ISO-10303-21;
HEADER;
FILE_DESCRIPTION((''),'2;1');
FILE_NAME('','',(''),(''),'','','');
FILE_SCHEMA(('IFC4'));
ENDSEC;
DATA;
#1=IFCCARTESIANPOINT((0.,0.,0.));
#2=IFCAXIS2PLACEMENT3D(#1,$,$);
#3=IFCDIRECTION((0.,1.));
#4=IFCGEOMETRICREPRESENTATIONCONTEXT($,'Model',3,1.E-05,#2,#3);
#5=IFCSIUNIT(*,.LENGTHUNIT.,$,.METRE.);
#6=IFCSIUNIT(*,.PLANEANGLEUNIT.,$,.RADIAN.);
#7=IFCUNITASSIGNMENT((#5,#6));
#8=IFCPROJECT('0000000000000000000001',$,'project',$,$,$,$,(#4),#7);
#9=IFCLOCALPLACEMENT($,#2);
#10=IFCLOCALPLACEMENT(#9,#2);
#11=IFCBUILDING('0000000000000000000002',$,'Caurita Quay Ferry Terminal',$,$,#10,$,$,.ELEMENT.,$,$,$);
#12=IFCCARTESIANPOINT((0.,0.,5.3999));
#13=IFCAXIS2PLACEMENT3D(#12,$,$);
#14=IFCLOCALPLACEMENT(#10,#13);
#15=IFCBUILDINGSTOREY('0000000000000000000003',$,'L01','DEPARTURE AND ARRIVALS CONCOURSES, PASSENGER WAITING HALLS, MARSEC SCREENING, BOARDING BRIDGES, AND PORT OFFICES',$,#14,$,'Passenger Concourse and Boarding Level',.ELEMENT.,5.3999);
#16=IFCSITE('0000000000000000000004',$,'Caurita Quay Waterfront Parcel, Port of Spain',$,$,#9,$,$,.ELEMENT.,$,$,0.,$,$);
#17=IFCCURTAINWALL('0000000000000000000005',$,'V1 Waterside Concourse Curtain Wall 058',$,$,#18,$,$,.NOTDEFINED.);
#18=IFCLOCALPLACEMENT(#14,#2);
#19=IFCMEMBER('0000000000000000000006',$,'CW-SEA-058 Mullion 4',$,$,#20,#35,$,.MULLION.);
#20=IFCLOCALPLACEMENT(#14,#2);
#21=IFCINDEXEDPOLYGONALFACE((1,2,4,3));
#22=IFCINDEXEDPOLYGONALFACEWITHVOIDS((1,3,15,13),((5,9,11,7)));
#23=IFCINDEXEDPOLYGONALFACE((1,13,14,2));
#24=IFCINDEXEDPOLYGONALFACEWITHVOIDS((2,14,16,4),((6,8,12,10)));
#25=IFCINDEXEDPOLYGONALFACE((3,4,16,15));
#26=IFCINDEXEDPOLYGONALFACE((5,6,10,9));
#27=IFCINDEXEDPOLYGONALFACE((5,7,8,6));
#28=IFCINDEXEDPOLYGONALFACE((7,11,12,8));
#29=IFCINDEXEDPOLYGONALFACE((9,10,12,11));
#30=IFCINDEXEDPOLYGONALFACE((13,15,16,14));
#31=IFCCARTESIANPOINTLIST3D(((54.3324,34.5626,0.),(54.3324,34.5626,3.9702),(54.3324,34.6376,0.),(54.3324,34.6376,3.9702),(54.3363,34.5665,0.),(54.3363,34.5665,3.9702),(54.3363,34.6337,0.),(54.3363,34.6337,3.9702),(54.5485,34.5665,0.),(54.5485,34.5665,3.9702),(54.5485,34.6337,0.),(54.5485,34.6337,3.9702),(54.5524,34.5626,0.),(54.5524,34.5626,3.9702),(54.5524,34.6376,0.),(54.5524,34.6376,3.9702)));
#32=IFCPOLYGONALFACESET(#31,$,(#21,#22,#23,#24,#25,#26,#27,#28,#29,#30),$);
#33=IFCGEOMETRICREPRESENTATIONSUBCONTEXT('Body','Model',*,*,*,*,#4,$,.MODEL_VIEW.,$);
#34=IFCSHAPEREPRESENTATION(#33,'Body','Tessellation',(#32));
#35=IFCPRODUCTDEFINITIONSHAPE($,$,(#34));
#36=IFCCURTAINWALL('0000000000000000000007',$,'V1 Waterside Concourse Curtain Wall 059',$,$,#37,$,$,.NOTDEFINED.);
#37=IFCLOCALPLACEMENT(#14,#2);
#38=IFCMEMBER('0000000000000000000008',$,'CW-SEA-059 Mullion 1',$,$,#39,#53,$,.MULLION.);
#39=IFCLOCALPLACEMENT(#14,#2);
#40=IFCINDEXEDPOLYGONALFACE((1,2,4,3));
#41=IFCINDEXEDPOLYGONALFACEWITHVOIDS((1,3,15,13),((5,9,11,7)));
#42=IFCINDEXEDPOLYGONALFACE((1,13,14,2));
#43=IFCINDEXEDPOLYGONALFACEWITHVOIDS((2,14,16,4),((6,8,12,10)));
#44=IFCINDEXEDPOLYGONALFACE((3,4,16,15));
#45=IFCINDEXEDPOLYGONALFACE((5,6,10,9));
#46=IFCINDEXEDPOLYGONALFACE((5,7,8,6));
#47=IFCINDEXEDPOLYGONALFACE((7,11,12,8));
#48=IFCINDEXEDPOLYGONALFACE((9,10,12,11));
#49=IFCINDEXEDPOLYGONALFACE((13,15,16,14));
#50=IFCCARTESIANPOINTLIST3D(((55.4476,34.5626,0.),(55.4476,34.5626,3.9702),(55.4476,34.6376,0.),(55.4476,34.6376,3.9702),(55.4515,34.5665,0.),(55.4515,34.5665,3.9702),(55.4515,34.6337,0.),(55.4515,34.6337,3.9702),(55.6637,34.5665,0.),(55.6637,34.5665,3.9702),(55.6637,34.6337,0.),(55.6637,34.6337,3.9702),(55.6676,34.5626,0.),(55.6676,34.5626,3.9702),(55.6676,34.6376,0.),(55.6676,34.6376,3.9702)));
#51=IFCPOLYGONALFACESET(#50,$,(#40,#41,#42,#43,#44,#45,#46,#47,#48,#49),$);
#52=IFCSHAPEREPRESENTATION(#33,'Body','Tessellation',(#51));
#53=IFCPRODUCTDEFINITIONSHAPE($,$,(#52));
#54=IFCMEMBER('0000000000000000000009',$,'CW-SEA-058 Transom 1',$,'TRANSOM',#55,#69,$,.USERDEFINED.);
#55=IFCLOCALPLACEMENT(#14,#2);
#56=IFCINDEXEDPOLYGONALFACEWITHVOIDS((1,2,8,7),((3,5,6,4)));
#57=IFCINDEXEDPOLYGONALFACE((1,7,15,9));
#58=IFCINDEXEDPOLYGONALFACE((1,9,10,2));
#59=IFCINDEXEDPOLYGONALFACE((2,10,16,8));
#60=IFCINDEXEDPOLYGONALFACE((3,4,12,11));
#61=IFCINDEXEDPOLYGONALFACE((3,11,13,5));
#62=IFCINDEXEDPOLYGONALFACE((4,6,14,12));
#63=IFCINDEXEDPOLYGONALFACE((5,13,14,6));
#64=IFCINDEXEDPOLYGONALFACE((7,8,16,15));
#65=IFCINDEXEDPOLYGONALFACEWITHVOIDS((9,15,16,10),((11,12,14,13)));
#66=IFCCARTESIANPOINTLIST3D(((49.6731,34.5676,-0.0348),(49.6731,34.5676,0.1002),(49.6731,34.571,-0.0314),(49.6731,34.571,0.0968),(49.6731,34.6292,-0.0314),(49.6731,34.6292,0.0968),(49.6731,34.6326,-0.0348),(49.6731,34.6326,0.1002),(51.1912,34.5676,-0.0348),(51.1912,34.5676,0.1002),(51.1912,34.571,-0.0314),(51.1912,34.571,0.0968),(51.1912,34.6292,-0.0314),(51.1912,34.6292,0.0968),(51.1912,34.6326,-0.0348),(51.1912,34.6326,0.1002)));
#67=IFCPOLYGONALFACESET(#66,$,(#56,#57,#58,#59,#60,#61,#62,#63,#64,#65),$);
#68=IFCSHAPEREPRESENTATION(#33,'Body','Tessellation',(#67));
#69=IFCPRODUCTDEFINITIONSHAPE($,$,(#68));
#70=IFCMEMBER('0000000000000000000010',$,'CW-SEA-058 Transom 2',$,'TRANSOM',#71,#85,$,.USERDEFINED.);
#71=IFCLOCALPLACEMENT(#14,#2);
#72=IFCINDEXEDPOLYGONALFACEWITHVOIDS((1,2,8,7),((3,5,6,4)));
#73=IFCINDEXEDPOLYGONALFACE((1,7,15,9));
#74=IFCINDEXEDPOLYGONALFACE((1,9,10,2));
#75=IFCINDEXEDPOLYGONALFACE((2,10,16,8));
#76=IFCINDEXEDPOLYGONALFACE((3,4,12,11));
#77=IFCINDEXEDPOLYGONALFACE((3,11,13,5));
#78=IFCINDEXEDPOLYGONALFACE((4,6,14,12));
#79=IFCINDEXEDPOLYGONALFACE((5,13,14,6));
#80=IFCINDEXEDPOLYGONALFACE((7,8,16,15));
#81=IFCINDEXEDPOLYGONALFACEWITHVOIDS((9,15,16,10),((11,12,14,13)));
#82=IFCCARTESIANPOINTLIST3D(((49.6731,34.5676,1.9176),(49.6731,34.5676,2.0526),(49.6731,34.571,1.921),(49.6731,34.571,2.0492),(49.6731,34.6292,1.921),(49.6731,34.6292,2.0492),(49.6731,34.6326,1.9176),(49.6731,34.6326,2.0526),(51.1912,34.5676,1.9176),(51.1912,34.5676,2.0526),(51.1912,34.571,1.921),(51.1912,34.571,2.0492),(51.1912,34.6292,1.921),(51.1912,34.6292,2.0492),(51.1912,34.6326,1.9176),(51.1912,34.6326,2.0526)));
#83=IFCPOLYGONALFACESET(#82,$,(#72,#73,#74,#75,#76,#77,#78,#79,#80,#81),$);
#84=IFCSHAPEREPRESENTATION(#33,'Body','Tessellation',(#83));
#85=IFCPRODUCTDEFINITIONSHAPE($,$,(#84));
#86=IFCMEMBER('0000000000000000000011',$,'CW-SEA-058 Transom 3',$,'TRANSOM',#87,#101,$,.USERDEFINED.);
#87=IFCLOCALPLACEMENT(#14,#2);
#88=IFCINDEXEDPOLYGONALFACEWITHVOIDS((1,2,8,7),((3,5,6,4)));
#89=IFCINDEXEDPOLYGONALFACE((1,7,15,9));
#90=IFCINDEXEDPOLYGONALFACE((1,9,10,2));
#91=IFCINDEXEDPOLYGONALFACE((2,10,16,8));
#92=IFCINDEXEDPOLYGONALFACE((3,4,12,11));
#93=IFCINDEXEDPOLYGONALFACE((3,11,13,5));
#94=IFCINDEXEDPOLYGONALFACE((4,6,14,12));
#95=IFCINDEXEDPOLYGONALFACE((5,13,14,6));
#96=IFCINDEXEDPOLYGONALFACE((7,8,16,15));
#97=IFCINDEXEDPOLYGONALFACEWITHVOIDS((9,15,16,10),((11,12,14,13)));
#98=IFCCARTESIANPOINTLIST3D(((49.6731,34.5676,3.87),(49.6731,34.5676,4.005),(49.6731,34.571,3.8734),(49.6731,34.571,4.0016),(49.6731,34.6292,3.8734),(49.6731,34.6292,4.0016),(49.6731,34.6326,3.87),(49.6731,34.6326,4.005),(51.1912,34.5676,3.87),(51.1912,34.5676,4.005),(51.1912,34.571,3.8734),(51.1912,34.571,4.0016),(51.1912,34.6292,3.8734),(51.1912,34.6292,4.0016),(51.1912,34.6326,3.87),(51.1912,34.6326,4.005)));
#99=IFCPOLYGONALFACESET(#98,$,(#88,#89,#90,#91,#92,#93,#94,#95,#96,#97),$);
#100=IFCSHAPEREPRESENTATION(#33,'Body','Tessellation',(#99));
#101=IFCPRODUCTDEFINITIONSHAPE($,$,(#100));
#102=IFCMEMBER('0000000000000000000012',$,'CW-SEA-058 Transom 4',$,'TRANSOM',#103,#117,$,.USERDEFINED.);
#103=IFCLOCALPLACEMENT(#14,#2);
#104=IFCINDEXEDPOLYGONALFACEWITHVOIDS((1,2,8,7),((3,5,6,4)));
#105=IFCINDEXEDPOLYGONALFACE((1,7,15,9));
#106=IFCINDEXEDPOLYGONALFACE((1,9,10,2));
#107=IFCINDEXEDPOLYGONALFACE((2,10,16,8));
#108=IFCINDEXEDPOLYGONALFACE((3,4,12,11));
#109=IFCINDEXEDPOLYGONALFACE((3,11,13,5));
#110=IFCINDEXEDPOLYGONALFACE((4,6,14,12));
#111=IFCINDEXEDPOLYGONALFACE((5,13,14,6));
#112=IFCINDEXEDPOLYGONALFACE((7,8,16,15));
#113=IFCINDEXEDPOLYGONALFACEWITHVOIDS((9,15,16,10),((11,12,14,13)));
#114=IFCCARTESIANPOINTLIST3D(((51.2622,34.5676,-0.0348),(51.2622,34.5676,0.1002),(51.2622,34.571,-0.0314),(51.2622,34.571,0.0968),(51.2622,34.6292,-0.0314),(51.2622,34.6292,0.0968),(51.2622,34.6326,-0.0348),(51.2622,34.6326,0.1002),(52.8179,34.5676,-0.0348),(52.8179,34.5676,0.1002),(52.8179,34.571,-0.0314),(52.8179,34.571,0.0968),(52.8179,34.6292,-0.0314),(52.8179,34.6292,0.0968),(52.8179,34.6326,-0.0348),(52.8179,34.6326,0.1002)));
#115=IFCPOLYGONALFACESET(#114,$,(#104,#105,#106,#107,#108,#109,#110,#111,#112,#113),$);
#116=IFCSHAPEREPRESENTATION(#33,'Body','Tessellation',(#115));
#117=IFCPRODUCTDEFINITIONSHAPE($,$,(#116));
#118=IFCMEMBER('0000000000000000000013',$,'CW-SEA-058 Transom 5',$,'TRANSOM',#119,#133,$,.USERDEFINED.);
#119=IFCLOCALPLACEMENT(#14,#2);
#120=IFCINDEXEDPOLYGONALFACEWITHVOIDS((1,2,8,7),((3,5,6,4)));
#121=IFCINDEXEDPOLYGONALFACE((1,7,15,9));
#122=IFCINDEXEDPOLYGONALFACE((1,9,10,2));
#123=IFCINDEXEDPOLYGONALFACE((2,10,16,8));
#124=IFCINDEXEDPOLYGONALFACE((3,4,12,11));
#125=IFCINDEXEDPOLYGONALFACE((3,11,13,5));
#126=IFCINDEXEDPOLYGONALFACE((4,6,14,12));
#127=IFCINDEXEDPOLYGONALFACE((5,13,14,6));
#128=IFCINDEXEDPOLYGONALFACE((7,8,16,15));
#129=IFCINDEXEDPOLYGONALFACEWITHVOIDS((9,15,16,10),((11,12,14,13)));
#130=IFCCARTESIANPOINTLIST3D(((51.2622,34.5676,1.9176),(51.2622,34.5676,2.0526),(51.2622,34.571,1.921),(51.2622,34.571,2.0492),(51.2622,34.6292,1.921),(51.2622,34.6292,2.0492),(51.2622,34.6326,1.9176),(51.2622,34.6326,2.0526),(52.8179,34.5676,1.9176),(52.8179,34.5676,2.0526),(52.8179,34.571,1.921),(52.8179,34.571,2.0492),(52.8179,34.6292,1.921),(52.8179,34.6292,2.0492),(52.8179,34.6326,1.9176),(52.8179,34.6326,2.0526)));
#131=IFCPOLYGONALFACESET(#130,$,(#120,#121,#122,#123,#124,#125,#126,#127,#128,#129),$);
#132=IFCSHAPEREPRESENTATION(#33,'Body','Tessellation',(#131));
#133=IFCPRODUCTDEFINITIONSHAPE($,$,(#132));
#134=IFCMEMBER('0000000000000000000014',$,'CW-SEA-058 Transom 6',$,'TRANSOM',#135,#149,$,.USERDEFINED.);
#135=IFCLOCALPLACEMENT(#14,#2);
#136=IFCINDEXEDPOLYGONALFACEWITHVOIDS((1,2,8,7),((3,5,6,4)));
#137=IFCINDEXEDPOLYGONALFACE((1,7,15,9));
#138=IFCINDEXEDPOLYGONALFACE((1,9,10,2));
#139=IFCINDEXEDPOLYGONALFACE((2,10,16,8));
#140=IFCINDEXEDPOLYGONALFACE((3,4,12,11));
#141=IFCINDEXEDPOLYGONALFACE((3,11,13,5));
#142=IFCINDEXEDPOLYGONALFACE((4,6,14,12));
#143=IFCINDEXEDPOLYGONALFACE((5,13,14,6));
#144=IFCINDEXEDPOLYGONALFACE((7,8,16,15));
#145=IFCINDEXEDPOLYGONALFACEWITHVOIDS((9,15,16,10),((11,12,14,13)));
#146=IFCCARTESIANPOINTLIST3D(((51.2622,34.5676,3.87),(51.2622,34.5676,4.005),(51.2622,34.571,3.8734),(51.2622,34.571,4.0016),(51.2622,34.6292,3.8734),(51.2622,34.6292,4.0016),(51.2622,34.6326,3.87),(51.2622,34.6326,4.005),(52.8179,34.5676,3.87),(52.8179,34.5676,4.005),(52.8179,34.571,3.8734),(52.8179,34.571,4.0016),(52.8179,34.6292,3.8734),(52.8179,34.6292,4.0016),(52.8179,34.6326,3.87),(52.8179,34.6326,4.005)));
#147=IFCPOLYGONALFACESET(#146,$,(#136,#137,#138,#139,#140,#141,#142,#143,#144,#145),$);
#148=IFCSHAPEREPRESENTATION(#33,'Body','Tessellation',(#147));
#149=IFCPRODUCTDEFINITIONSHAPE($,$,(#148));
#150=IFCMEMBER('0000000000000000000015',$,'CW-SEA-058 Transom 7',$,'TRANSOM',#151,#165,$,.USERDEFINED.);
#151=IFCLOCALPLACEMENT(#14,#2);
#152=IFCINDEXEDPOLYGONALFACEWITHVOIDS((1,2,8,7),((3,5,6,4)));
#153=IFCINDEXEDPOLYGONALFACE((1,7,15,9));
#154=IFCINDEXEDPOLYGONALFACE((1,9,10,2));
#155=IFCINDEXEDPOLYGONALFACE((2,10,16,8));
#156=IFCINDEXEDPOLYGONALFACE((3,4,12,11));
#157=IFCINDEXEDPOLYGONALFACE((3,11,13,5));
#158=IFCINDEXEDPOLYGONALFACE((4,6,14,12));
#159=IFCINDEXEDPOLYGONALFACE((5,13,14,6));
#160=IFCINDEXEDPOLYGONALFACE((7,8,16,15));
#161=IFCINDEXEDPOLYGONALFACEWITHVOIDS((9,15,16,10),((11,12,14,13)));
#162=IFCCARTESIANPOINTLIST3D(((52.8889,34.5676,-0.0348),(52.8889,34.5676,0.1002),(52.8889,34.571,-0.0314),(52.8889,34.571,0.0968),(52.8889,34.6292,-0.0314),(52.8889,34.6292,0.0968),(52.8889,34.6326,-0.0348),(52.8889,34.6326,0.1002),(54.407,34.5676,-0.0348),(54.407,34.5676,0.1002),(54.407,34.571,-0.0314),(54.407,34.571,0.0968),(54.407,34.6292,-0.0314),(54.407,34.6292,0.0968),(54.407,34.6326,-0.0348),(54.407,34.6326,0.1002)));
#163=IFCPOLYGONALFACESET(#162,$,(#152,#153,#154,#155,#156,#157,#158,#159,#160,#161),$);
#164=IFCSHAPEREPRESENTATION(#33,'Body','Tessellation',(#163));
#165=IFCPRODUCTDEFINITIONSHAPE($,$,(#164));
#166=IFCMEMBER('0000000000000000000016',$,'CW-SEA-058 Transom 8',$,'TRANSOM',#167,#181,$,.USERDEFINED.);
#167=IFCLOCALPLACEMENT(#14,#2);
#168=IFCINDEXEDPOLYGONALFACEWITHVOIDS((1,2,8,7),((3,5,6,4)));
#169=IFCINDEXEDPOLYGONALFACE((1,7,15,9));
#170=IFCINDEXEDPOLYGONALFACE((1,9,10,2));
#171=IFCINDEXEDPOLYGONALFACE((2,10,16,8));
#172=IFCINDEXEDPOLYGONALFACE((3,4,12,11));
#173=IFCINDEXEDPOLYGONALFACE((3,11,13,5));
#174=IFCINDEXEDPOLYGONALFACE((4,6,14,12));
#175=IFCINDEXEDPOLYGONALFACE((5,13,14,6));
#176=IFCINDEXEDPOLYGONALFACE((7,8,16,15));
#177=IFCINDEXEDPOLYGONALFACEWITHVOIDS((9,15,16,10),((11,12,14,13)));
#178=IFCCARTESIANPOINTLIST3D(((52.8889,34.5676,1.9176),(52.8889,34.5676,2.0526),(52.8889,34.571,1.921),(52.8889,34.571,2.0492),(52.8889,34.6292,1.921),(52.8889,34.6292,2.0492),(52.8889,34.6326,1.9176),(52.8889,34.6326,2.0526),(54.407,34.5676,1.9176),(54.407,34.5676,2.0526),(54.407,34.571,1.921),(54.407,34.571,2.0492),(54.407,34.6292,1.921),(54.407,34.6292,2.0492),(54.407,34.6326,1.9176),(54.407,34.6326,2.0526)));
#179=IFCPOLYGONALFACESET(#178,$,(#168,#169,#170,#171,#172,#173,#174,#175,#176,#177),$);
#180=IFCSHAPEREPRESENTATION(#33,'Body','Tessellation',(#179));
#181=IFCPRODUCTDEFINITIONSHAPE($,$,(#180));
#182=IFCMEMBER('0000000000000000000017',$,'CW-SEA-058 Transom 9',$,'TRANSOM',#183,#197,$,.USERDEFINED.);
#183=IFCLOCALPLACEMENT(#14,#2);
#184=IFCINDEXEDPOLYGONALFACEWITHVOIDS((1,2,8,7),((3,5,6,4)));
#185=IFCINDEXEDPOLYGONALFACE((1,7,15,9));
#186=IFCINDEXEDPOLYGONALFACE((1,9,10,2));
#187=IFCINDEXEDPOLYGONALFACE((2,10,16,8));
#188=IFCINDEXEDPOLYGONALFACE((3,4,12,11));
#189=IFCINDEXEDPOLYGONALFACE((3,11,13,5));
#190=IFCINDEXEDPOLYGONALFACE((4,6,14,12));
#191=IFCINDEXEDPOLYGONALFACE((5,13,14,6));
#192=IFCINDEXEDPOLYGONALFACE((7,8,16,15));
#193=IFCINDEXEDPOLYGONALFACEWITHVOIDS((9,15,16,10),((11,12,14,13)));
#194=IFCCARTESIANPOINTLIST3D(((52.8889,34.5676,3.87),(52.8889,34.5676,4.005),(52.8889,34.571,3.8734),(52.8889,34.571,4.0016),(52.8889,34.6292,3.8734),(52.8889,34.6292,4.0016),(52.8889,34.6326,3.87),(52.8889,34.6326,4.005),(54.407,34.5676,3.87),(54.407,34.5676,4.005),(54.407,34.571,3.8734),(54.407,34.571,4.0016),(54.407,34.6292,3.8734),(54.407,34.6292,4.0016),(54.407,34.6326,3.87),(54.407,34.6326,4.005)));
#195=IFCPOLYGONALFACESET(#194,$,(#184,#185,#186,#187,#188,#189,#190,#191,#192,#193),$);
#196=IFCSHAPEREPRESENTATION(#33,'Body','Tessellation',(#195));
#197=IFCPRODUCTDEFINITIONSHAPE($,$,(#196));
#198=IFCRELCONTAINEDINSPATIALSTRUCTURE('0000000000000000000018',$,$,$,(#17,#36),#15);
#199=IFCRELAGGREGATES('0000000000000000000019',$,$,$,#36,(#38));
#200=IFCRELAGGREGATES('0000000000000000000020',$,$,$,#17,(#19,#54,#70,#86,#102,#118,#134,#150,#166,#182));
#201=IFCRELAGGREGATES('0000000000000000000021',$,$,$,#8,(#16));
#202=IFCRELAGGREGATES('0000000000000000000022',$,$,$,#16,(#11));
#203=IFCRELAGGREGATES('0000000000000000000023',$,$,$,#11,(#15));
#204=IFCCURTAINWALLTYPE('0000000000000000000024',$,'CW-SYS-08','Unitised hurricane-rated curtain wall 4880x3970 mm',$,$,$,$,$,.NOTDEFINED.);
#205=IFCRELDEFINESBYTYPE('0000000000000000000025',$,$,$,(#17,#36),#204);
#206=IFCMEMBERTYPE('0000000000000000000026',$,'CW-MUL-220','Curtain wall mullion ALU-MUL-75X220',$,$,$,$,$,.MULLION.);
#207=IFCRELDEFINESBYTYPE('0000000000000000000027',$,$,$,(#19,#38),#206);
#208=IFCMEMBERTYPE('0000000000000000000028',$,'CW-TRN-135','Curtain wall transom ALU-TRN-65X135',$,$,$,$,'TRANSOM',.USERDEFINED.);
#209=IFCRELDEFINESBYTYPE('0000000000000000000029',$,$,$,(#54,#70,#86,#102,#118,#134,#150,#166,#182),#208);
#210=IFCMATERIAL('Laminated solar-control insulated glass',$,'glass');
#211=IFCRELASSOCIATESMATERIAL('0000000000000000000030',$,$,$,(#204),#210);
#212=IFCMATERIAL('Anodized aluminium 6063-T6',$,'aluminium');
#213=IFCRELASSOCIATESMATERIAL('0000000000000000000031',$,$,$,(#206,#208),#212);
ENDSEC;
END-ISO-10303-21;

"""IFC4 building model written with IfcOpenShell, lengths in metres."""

from ifc_helpers import new_model, si_unit, direction, frame, origin, origin_2d, place, context, subcontext, project, spatial, hollow_rectangle, extrude, material, material_profile, profile_set, type_object, element, aggregate, save


model = new_model("IFC4")

# Units and contexts
model_context = context("Model", 3, precision=1e-05, world=origin(), true_north=direction((0.0, 1.0)))
body_context = subcontext(model_context, "Body", "Model", "MODEL_VIEW")
ifc_project = project(units=[si_unit("LENGTHUNIT", "METRE"), si_unit("PLANEANGLEUNIT", "RADIAN")], contexts=[model_context])

# Site, building, storey
site_placement = place(None, origin())
site = spatial("IfcSite", under=ifc_project, at=site_placement, Name="Caurita Quay Waterfront Parcel, Port of Spain", CompositionType="ELEMENT", RefElevation=0.0)
building_placement = place(site_placement, origin())
building = spatial("IfcBuilding", under=site, at=building_placement, Name="Caurita Quay Ferry Terminal", CompositionType="ELEMENT")
storey_placement = place(building_placement, frame((0.0, 0.0, 5.3999)))
storey = spatial("IfcBuildingStorey", under=building, at=storey_placement, Name="L01", Description="DEPARTURE AND ARRIVALS CONCOURSES, PASSENGER WAITING HALLS, MARSEC SCREENING, BOARDING BRIDGES, AND PORT OFFICES", LongName="Passenger Concourse and Boarding Level", CompositionType="ELEMENT", Elevation=5.3999)

# Shared definitions
ifc_material_1 = material(Name="Laminated solar-control insulated glass", Category="glass")
curtain_wall_type = type_object("IfcCurtainWallType", Name="CW-SYS-08", Description="Unitised hurricane-rated curtain wall 4880x3970 mm", PredefinedType="NOTDEFINED", material=ifc_material_1)
ifc_material_2 = material(Name="Anodized aluminium 6063-T6", Category="aluminium")
ifc_material_profile_1 = material_profile(ifc_material_2, hollow_rectangle(XDim=0.075, YDim=0.22, WallThickness=0.0039, at=origin_2d()), Name="ALU-MUL-75X220")
ifc_profile_set_1 = profile_set([ifc_material_profile_1], Name="Anodized aluminium 6063-T6")
member_type_1 = type_object("IfcMemberType", Name="CW-MUL-220", Description="Curtain wall mullion ALU-MUL-75X220", PredefinedType="MULLION", material=ifc_profile_set_1)

# Curtain wall, member
curtain_wall_1_placement = place(storey_placement, origin())
curtain_wall_1 = element("IfcCurtainWall", 1, at=curtain_wall_1_placement, inside=storey, type_object=curtain_wall_type, Name="V1 Waterside Concourse Curtain Wall 058", PredefinedType="NOTDEFINED")
member_1_placement = place(storey_placement, frame((54.4424, 34.6001, 0.0), z_axis=(0.0, 0.0, 1.0), x_axis=(0.0, 1.0, 0.0)))
member_1 = element("IfcMember", 2, at=member_1_placement, type_object=member_type_1, Name="CW-SEA-058 Mullion 4", PredefinedType="MULLION", context=body_context, shape_type="SweptSolid", body=[
    extrude(hollow_rectangle(XDim=0.075, YDim=0.22, WallThickness=0.0039, at=origin_2d()), origin(), (0.0, 0.0, 1.0), 3.9702),
])

# Curtain wall, member
curtain_wall_2_placement = place(storey_placement, origin())
curtain_wall_2 = element("IfcCurtainWall", 3, at=curtain_wall_2_placement, inside=storey, type_object=curtain_wall_type, Name="V1 Waterside Concourse Curtain Wall 059", PredefinedType="NOTDEFINED")
member_2_placement = place(storey_placement, frame((55.5576, 34.6001, 0.0), z_axis=(0.0, 0.0, 1.0), x_axis=(0.0, 1.0, 0.0)))
member_2 = element("IfcMember", 4, at=member_2_placement, type_object=member_type_1, Name="CW-SEA-059 Mullion 1", PredefinedType="MULLION", context=body_context, shape_type="SweptSolid", body=[
    extrude(hollow_rectangle(XDim=0.075, YDim=0.22, WallThickness=0.0039, at=origin_2d()), origin(), (0.0, 0.0, 1.0), 3.9702),
])

# Members
ifc_material_profile_2 = material_profile(ifc_material_2, hollow_rectangle(XDim=0.0649, YDim=0.135, WallThickness=0.0034, at=origin_2d()), Name="ALU-TRN-65X135")
ifc_profile_set_2 = profile_set([ifc_material_profile_2], Name="Anodized aluminium 6063-T6")
member_type_2 = type_object("IfcMemberType", Name="CW-TRN-135", Description="Curtain wall transom ALU-TRN-65X135", ElementType="TRANSOM", PredefinedType="USERDEFINED", material=ifc_profile_set_2)
member_3_placement = place(storey_placement, frame((49.6731, 34.6001, 0.0327), z_axis=(1.0, 0.0, 0.0), x_axis=(0.0, 1.0, 0.0)))
member_3 = element("IfcMember", 5, at=member_3_placement, type_object=member_type_2, Name="CW-SEA-058 Transom 1", ObjectType="TRANSOM", PredefinedType="USERDEFINED", context=body_context, shape_type="SweptSolid", body=[
    extrude(hollow_rectangle(XDim=0.0649, YDim=0.135, WallThickness=0.0034, at=origin_2d()), origin(), (0.0, 0.0, 1.0), 1.5181),
])
member_4_placement = place(storey_placement, frame((49.6731, 34.6001, 1.9851), z_axis=(1.0, 0.0, 0.0), x_axis=(0.0, 1.0, 0.0)))
member_4 = element("IfcMember", 6, at=member_4_placement, type_object=member_type_2, Name="CW-SEA-058 Transom 2", ObjectType="TRANSOM", PredefinedType="USERDEFINED", context=body_context, shape_type="SweptSolid", body=[
    extrude(hollow_rectangle(XDim=0.0649, YDim=0.135, WallThickness=0.0034, at=origin_2d()), origin(), (0.0, 0.0, 1.0), 1.5181),
])
member_5_placement = place(storey_placement, frame((49.6731, 34.6001, 3.9375), z_axis=(1.0, 0.0, 0.0), x_axis=(0.0, 1.0, 0.0)))
member_5 = element("IfcMember", 7, at=member_5_placement, type_object=member_type_2, Name="CW-SEA-058 Transom 3", ObjectType="TRANSOM", PredefinedType="USERDEFINED", context=body_context, shape_type="SweptSolid", body=[
    extrude(hollow_rectangle(XDim=0.0649, YDim=0.135, WallThickness=0.0034, at=origin_2d()), origin(), (0.0, 0.0, 1.0), 1.5181),
])
member_6_placement = place(storey_placement, frame((51.2622, 34.6001, 0.0327), z_axis=(1.0, 0.0, 0.0), x_axis=(0.0, 1.0, 0.0)))
member_6 = element("IfcMember", 8, at=member_6_placement, type_object=member_type_2, Name="CW-SEA-058 Transom 4", ObjectType="TRANSOM", PredefinedType="USERDEFINED", context=body_context, shape_type="SweptSolid", body=[
    extrude(hollow_rectangle(XDim=0.0649, YDim=0.135, WallThickness=0.0034, at=origin_2d()), origin(), (0.0, 0.0, 1.0), 1.5557),
])
member_7_placement = place(storey_placement, frame((51.2622, 34.6001, 1.9851), z_axis=(1.0, 0.0, 0.0), x_axis=(0.0, 1.0, 0.0)))
member_7 = element("IfcMember", 9, at=member_7_placement, type_object=member_type_2, Name="CW-SEA-058 Transom 5", ObjectType="TRANSOM", PredefinedType="USERDEFINED", context=body_context, shape_type="SweptSolid", body=[
    extrude(hollow_rectangle(XDim=0.0649, YDim=0.135, WallThickness=0.0034, at=origin_2d()), origin(), (0.0, 0.0, 1.0), 1.5557),
])
member_8_placement = place(storey_placement, frame((51.2622, 34.6001, 3.9375), z_axis=(1.0, 0.0, 0.0), x_axis=(0.0, 1.0, 0.0)))
member_8 = element("IfcMember", 10, at=member_8_placement, type_object=member_type_2, Name="CW-SEA-058 Transom 6", ObjectType="TRANSOM", PredefinedType="USERDEFINED", context=body_context, shape_type="SweptSolid", body=[
    extrude(hollow_rectangle(XDim=0.0649, YDim=0.135, WallThickness=0.0034, at=origin_2d()), origin(), (0.0, 0.0, 1.0), 1.5557),
])
member_9_placement = place(storey_placement, frame((52.8889, 34.6001, 0.0327), z_axis=(1.0, 0.0, 0.0), x_axis=(0.0, 1.0, 0.0)))
member_9 = element("IfcMember", 11, at=member_9_placement, type_object=member_type_2, Name="CW-SEA-058 Transom 7", ObjectType="TRANSOM", PredefinedType="USERDEFINED", context=body_context, shape_type="SweptSolid", body=[
    extrude(hollow_rectangle(XDim=0.0649, YDim=0.135, WallThickness=0.0034, at=origin_2d()), origin(), (0.0, 0.0, 1.0), 1.5181),
])
member_10_placement = place(storey_placement, frame((52.8889, 34.6001, 1.9851), z_axis=(1.0, 0.0, 0.0), x_axis=(0.0, 1.0, 0.0)))
member_10 = element("IfcMember", 12, at=member_10_placement, type_object=member_type_2, Name="CW-SEA-058 Transom 8", ObjectType="TRANSOM", PredefinedType="USERDEFINED", context=body_context, shape_type="SweptSolid", body=[
    extrude(hollow_rectangle(XDim=0.0649, YDim=0.135, WallThickness=0.0034, at=origin_2d()), origin(), (0.0, 0.0, 1.0), 1.5181),
])
member_11_placement = place(storey_placement, frame((52.8889, 34.6001, 3.9375), z_axis=(1.0, 0.0, 0.0), x_axis=(0.0, 1.0, 0.0)))
member_11 = element("IfcMember", 13, at=member_11_placement, type_object=member_type_2, Name="CW-SEA-058 Transom 9", ObjectType="TRANSOM", PredefinedType="USERDEFINED", context=body_context, shape_type="SweptSolid", body=[
    extrude(hollow_rectangle(XDim=0.0649, YDim=0.135, WallThickness=0.0034, at=origin_2d()), origin(), (0.0, 0.0, 1.0), 1.5181),
])
aggregate(curtain_wall_2, [member_2])

aggregate(curtain_wall_1, [member_1, member_3, member_4, member_5, member_6, member_7, member_8, member_9, member_10, member_11])

save(model, "model.ifc")
